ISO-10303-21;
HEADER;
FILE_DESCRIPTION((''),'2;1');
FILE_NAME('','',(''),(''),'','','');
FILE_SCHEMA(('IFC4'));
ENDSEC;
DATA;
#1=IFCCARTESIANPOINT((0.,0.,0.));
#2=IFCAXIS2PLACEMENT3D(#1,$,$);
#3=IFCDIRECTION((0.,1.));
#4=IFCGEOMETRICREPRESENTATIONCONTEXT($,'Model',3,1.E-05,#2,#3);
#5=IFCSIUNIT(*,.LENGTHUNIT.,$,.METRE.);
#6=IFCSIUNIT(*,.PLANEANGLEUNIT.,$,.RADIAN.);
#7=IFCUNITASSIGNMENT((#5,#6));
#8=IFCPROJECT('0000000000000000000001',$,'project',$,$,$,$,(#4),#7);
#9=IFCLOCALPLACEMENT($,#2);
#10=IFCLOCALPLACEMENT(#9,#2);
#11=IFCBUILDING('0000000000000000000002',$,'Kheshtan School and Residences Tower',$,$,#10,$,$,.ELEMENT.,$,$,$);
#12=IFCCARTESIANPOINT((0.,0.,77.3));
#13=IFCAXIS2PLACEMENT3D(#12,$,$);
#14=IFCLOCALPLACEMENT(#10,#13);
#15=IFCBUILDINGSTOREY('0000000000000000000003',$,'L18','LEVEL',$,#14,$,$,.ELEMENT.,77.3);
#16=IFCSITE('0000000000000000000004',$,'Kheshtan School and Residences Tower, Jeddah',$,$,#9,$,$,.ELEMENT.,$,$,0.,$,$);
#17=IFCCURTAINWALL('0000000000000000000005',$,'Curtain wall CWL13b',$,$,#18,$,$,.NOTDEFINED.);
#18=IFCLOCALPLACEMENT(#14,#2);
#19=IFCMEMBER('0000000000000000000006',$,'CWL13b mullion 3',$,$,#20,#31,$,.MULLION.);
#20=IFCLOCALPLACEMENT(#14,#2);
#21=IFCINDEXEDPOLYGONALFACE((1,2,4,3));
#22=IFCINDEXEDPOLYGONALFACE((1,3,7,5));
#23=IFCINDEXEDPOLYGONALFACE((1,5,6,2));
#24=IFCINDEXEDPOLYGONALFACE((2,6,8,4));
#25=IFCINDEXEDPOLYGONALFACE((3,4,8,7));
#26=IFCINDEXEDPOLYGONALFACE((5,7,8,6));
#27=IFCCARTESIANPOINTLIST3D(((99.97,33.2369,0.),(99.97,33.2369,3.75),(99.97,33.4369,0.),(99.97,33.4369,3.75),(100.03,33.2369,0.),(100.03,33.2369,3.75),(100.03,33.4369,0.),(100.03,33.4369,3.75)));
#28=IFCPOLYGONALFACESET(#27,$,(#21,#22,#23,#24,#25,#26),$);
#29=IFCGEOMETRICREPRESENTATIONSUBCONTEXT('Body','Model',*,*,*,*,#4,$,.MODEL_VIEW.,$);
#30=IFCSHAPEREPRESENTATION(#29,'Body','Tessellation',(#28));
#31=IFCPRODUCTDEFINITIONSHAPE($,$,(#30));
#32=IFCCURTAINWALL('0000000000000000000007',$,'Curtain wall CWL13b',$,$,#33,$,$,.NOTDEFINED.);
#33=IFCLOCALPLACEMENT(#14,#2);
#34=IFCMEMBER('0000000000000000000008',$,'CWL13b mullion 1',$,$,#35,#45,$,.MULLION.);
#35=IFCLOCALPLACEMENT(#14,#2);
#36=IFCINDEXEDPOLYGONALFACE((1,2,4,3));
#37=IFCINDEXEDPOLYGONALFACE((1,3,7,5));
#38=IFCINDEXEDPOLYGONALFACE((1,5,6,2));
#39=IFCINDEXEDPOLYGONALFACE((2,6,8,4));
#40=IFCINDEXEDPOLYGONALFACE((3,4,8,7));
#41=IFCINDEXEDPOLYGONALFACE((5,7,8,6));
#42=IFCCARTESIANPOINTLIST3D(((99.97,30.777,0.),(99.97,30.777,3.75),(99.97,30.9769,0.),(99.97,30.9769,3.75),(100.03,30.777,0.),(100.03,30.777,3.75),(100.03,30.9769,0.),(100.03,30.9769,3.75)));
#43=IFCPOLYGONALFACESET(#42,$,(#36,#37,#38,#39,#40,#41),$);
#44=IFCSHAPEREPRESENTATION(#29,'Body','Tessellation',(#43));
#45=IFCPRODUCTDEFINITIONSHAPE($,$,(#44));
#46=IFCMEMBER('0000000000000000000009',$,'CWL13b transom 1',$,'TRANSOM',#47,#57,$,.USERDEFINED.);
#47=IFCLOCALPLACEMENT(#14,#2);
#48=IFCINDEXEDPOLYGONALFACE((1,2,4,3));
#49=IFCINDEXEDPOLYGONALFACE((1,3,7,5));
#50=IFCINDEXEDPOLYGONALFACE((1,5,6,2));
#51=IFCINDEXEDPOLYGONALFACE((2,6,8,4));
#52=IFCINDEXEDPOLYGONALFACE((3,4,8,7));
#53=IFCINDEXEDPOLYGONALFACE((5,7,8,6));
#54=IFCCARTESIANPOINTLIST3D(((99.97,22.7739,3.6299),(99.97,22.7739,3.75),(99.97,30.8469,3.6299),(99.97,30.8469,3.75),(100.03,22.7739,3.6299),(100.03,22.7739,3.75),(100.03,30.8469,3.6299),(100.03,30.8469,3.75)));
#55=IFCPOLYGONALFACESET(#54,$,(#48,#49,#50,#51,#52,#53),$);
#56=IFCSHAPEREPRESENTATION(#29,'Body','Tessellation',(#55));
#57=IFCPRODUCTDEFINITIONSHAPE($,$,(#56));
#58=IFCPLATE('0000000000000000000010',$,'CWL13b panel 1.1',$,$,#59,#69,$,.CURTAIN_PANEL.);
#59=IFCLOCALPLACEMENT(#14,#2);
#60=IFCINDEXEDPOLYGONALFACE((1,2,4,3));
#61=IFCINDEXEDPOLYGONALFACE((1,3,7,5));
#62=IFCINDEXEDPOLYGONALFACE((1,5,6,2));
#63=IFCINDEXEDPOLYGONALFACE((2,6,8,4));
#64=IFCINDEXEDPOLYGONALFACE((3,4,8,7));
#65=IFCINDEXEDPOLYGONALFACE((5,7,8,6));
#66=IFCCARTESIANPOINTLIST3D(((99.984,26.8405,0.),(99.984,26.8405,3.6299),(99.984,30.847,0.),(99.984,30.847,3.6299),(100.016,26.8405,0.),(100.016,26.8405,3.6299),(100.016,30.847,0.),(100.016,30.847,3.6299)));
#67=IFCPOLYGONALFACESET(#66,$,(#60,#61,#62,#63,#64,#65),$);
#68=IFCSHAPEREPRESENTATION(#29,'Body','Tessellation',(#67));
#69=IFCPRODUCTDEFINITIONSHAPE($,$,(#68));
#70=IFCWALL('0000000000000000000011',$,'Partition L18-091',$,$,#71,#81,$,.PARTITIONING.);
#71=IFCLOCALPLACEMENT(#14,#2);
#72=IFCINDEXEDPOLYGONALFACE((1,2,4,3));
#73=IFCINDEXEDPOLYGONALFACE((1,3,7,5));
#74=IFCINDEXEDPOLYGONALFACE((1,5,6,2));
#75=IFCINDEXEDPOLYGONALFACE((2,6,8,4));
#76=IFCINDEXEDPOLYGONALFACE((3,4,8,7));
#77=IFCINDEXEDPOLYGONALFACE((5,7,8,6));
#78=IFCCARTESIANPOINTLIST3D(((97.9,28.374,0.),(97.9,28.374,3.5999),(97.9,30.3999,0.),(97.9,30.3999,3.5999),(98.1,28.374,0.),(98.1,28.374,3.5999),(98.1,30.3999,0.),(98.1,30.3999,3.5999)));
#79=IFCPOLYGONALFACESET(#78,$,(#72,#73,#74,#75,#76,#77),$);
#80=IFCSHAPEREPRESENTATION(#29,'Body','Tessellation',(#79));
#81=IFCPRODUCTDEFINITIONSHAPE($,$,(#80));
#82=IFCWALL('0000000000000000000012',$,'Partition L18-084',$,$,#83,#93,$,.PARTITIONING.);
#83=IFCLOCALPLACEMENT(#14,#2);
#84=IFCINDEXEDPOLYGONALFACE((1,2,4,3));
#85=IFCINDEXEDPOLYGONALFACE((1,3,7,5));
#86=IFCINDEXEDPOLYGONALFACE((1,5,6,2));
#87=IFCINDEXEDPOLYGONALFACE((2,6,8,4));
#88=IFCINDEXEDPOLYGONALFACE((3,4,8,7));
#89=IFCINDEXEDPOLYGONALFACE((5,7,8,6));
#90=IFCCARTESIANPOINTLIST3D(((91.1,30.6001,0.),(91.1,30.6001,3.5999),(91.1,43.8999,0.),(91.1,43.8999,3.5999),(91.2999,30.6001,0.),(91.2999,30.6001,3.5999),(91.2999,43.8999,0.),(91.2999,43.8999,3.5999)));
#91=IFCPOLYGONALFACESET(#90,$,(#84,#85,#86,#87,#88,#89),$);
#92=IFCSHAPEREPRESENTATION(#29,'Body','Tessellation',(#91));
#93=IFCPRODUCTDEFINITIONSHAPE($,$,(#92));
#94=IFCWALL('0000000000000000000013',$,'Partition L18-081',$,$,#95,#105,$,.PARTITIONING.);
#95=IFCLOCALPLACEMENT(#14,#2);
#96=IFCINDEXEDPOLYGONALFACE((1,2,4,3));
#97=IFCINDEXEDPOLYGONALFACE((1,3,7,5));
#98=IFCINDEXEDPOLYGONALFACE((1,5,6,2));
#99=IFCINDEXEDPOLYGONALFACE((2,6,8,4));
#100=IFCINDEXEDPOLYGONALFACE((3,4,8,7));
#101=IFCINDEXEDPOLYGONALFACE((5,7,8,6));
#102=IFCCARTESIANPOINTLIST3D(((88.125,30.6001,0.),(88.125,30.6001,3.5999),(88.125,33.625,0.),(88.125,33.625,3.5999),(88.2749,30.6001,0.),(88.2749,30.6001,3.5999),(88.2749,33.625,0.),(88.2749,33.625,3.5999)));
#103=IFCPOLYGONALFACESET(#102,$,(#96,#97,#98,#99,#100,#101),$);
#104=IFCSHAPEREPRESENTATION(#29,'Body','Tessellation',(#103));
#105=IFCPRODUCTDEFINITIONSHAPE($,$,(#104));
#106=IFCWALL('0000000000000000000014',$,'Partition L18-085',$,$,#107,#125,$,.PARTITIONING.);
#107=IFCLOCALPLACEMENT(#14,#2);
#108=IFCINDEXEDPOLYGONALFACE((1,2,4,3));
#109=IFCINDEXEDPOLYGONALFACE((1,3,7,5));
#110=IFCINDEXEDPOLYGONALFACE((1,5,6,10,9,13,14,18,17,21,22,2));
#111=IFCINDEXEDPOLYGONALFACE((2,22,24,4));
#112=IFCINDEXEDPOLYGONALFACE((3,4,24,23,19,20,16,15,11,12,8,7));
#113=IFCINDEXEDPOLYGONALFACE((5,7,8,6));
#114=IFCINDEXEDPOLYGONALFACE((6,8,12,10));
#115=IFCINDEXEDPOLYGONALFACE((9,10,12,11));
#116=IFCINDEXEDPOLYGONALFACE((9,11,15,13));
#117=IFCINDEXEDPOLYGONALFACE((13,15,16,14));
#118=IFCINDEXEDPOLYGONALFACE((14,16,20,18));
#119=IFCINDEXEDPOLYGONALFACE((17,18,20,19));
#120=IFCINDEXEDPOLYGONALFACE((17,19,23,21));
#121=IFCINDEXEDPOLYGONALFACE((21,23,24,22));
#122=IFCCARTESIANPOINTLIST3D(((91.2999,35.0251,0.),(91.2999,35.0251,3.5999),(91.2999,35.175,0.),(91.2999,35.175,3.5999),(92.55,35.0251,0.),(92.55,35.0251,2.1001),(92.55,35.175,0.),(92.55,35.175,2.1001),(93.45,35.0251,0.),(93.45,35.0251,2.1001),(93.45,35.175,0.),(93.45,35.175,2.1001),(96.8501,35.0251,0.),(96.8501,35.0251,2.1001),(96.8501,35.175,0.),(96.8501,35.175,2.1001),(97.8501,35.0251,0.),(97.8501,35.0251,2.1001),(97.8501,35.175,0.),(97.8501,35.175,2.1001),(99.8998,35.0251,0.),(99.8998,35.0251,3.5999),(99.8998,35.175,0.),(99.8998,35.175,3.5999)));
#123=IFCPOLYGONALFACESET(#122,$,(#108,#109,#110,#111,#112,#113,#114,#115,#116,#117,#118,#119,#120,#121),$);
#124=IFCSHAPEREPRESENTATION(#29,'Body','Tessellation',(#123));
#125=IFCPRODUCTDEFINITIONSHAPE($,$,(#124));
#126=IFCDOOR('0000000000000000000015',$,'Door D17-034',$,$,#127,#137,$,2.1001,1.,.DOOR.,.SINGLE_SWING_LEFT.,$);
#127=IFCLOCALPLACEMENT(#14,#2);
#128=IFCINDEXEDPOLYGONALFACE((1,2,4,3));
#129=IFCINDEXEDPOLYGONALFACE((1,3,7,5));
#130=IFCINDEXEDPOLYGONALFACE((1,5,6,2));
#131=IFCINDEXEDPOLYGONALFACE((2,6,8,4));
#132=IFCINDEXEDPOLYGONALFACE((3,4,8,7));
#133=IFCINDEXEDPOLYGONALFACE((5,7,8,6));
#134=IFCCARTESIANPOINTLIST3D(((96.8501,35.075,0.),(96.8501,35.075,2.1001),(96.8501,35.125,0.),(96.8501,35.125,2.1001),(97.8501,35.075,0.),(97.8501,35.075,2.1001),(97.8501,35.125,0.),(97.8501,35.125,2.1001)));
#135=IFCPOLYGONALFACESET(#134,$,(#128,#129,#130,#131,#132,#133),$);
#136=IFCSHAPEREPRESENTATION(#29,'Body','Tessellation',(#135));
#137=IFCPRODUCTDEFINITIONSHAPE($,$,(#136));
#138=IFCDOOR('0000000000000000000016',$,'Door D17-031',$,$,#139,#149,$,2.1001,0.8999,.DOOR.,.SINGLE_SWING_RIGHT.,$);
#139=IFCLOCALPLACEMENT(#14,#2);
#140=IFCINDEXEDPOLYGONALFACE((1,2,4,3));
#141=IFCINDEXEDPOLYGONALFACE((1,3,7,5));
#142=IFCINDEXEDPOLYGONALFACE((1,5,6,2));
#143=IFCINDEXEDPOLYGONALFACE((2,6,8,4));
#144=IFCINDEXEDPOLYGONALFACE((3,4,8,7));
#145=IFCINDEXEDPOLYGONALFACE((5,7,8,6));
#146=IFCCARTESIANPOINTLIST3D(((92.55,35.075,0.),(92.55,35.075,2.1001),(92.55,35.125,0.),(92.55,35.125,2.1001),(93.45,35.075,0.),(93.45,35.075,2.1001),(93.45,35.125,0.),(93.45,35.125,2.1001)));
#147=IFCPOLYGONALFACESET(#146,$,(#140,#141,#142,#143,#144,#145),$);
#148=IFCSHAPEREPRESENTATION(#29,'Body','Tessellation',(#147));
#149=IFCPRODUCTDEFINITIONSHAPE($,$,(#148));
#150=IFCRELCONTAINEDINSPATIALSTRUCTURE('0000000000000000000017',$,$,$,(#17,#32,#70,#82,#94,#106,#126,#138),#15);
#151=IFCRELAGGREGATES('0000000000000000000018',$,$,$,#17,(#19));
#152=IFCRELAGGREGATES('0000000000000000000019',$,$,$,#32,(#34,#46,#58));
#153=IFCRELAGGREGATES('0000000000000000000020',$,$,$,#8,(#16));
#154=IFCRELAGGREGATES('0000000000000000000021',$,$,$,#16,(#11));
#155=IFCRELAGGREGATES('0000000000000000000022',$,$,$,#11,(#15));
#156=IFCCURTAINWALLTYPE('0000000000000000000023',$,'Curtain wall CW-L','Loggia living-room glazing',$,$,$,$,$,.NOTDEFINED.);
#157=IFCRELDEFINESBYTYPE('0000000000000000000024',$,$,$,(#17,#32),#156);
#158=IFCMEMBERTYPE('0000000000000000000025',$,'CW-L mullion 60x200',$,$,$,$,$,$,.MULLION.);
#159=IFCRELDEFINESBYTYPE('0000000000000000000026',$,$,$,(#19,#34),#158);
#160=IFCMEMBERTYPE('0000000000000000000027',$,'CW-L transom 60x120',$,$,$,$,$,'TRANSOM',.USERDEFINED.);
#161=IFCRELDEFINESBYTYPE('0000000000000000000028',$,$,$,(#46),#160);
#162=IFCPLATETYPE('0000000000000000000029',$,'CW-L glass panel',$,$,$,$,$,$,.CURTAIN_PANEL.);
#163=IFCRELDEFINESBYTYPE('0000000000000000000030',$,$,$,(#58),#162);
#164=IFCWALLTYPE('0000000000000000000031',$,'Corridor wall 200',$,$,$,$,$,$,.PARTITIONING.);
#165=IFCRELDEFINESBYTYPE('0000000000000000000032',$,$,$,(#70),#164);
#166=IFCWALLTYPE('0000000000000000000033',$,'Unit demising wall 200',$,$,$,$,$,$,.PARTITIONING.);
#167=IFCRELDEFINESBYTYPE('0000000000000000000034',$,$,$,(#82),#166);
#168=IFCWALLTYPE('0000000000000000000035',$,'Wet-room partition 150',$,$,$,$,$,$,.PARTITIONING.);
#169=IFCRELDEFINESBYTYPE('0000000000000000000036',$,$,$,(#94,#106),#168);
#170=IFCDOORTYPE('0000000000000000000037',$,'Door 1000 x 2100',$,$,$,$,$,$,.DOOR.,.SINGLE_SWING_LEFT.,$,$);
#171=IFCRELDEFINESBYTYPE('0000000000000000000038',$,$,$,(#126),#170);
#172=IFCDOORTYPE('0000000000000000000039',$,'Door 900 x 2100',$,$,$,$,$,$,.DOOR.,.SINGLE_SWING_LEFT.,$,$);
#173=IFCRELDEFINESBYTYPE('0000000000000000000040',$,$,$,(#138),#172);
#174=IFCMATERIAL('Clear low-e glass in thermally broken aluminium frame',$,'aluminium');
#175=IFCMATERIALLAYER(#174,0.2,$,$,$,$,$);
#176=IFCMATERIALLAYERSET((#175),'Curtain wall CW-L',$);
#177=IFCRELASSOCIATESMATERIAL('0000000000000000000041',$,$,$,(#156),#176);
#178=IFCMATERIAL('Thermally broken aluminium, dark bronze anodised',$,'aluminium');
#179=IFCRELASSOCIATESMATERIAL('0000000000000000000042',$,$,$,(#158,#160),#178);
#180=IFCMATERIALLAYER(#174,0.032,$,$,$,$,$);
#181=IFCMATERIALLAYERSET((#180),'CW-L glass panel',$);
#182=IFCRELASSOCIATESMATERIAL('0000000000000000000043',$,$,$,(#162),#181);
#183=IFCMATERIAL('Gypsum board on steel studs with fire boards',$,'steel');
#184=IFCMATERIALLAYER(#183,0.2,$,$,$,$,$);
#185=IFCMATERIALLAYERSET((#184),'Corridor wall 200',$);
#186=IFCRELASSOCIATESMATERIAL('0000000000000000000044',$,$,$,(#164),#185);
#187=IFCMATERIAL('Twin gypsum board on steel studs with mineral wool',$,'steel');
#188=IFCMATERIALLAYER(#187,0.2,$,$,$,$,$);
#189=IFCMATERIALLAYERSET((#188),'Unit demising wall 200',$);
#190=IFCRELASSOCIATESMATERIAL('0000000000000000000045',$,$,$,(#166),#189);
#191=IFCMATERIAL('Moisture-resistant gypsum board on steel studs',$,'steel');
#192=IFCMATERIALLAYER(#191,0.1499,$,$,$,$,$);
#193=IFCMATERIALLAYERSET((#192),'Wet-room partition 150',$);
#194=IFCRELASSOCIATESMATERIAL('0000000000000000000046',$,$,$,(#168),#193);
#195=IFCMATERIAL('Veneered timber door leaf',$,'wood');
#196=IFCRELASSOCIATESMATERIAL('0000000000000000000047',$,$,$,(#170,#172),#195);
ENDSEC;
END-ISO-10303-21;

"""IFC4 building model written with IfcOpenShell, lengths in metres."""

from ifc_helpers import new_model, si_unit, direction, frame, frame_2d, origin, origin_2d, place, context, subcontext, project, spatial, rectangle, extrude, source, transform, mapped, material, layer, layer_set, material_profile, profile_set, type_object, element, fill, aggregate, save


model = new_model("IFC4")

# Units and contexts
model_context = context("Model", 3, precision=1e-05, world=origin(), true_north=direction((0.0, 1.0)))
body_context = subcontext(model_context, "Body", "Model", "MODEL_VIEW")
ifc_project = project(units=[si_unit("LENGTHUNIT", "METRE"), si_unit("PLANEANGLEUNIT", "RADIAN")], contexts=[model_context])

# Site, building, storey
site_placement = place(None, origin())
site = spatial("IfcSite", under=ifc_project, at=site_placement, Name="Kheshtan School and Residences Tower, Jeddah", CompositionType="ELEMENT", RefElevation=0.0)
building_placement = place(site_placement, origin())
building = spatial("IfcBuilding", under=site, at=building_placement, Name="Kheshtan School and Residences Tower", CompositionType="ELEMENT")
storey_placement = place(building_placement, frame((0.0, 0.0, 77.3)))
storey = spatial("IfcBuildingStorey", under=building, at=storey_placement, Name="L18", Description="LEVEL", CompositionType="ELEMENT", Elevation=77.3)

# Curtain wall, member
ifc_material_1 = material(Name="Clear low-e glass in thermally broken aluminium frame", Category="aluminium")
ifc_layer_1 = layer(ifc_material_1, 0.2)
ifc_layer_set_1 = layer_set([ifc_layer_1], Name="Curtain wall CW-L")
curtain_wall_type = type_object("IfcCurtainWallType", Name="Curtain wall CW-L", Description="Loggia living-room glazing", PredefinedType="NOTDEFINED", material=ifc_layer_set_1)
curtain_wall_1_placement = place(storey_placement, origin())
curtain_wall_1 = element("IfcCurtainWall", 1, at=curtain_wall_1_placement, inside=storey, type_object=curtain_wall_type, Name="Curtain wall CWL13b", PredefinedType="NOTDEFINED")
ifc_material_2 = material(Name="Thermally broken aluminium, dark bronze anodised", Category="aluminium")
ifc_material_profile_1 = material_profile(ifc_material_2, rectangle(XDim=0.0601, YDim=0.2, at=origin_2d()), Name="CW-L mullion 60x200")
ifc_profile_set_1 = profile_set([ifc_material_profile_1], Name="Thermally broken aluminium, dark bronze anodised")
member_type_1 = type_object("IfcMemberType", Name="CW-L mullion 60x200", PredefinedType="MULLION", material=ifc_profile_set_1)
member_1_placement = place(storey_placement, frame((100.0, 33.3369, 0.0), z_axis=(0.0, 0.0, 1.0), x_axis=(1.0, 0.0, 0.0)))
member_1 = element("IfcMember", 2, at=member_1_placement, type_object=member_type_1, Name="CWL13b mullion 3", PredefinedType="MULLION", context=body_context, shape_type="SweptSolid", body=[
    extrude(rectangle(XDim=0.0601, YDim=0.2, at=origin_2d()), origin(), (0.0, 0.0, 1.0), 3.75),
])
aggregate(curtain_wall_1, [member_1])

# Curtain wall, members, plate
curtain_wall_2_placement = place(storey_placement, origin())
curtain_wall_2 = element("IfcCurtainWall", 3, at=curtain_wall_2_placement, inside=storey, type_object=curtain_wall_type, Name="Curtain wall CWL13b", PredefinedType="NOTDEFINED")
member_2_placement = place(storey_placement, frame((100.0, 30.877, 0.0), z_axis=(0.0, 0.0, 1.0), x_axis=(1.0, 0.0, 0.0)))
member_2 = element("IfcMember", 4, at=member_2_placement, type_object=member_type_1, Name="CWL13b mullion 1", PredefinedType="MULLION", context=body_context, shape_type="SweptSolid", body=[
    extrude(rectangle(XDim=0.0601, YDim=0.2, at=origin_2d()), origin(), (0.0, 0.0, 1.0), 3.75),
])
ifc_material_profile_2 = material_profile(ifc_material_2, rectangle(XDim=0.0601, YDim=0.1201, at=origin_2d()), Name="CW-L transom 60x120")
ifc_profile_set_2 = profile_set([ifc_material_profile_2], Name="Thermally broken aluminium, dark bronze anodised")
member_type_2 = type_object("IfcMemberType", Name="CW-L transom 60x120", ElementType="TRANSOM", PredefinedType="USERDEFINED", material=ifc_profile_set_2)
member_3_placement = place(storey_placement, frame((100.0, 30.8469, 3.6899), z_axis=(0.0, -1.0, 0.0), x_axis=(1.0, 0.0, 0.0)))
member_3 = element("IfcMember", 5, at=member_3_placement, type_object=member_type_2, Name="CWL13b transom 1", ObjectType="TRANSOM", PredefinedType="USERDEFINED", context=body_context, shape_type="SweptSolid", body=[
    extrude(rectangle(XDim=0.0601, YDim=0.1201, at=origin_2d()), origin(), (0.0, 0.0, 1.0), 8.073),
])
ifc_layer_2 = layer(ifc_material_1, 0.032)
ifc_layer_set_2 = layer_set([ifc_layer_2], Name="CW-L glass panel")
plate_type = type_object("IfcPlateType", Name="CW-L glass panel", PredefinedType="CURTAIN_PANEL", material=ifc_layer_set_2)
plate_placement = place(storey_placement, frame((100.0, 28.8438, 0.0), z_axis=(0.0, 0.0, 1.0), x_axis=(0.0, -1.0, 0.0)))
plate = element("IfcPlate", 6, at=plate_placement, type_object=plate_type, Name="CWL13b panel 1.1", PredefinedType="CURTAIN_PANEL", context=body_context, shape_type="SweptSolid", body=[
    extrude(rectangle(XDim=4.0066, YDim=0.032, at=origin_2d()), origin(), (0.0, 0.0, 1.0), 3.6299),
])
aggregate(curtain_wall_2, [member_2, member_3, plate])

# Wall
ifc_material_3 = material(Name="Gypsum board on steel studs with fire boards", Category="steel")
ifc_layer_3 = layer(ifc_material_3, 0.2)
ifc_layer_set_3 = layer_set([ifc_layer_3], Name="Corridor wall 200")
wall_type_1 = type_object("IfcWallType", Name="Corridor wall 200", PredefinedType="PARTITIONING", material=ifc_layer_set_3)
wall_1_placement = place(storey_placement, frame((98.0, 28.374, 0.0), z_axis=(0.0, 0.0, 1.0), x_axis=(0.0, 1.0, 0.0)))
element("IfcWall", 7, at=wall_1_placement, inside=storey, type_object=wall_type_1, Name="Partition L18-091", PredefinedType="PARTITIONING", context=body_context, shape_type="SweptSolid", body=[
    extrude(rectangle(XDim=2.0259, YDim=0.2, at=frame_2d((1.0129, 0.0))), origin(), (0.0, 0.0, 1.0), 3.5999),
])

# Walls
ifc_material_4 = material(Name="Twin gypsum board on steel studs with mineral wool", Category="steel")
ifc_layer_4 = layer(ifc_material_4, 0.2)
ifc_layer_set_4 = layer_set([ifc_layer_4], Name="Unit demising wall 200")
wall_type_2 = type_object("IfcWallType", Name="Unit demising wall 200", PredefinedType="PARTITIONING", material=ifc_layer_set_4)
wall_2_placement = place(storey_placement, frame((91.2, 30.6001, 0.0), z_axis=(0.0, 0.0, 1.0), x_axis=(0.0, 1.0, 0.0)))
element("IfcWall", 8, at=wall_2_placement, inside=storey, type_object=wall_type_2, Name="Partition L18-084", PredefinedType="PARTITIONING", context=body_context, shape_type="SweptSolid", body=[
    extrude(rectangle(XDim=13.2998, YDim=0.2, at=frame_2d((6.6499, 0.0))), origin(), (0.0, 0.0, 1.0), 3.5999),
])
ifc_material_5 = material(Name="Moisture-resistant gypsum board on steel studs", Category="steel")
ifc_layer_5 = layer(ifc_material_5, 0.1499)
ifc_layer_set_5 = layer_set([ifc_layer_5], Name="Wet-room partition 150")
wall_type_3 = type_object("IfcWallType", Name="Wet-room partition 150", PredefinedType="PARTITIONING", material=ifc_layer_set_5)
wall_3_placement = place(storey_placement, frame((88.2, 30.6001, 0.0), z_axis=(0.0, 0.0, 1.0), x_axis=(0.0, 1.0, 0.0)))
element("IfcWall", 9, at=wall_3_placement, inside=storey, type_object=wall_type_3, Name="Partition L18-081", PredefinedType="PARTITIONING", context=body_context, shape_type="SweptSolid", body=[
    extrude(rectangle(XDim=3.0249, YDim=0.1499, at=frame_2d((1.5125, 0.0))), origin(), (0.0, 0.0, 1.0), 3.5999),
])

# Wall, openings, doors
wall_4_placement = place(storey_placement, frame((91.3, 35.1001, 0.0), z_axis=(0.0, 0.0, 1.0), x_axis=(1.0, 0.0, 0.0)))
wall_4 = element("IfcWall", 10, at=wall_4_placement, inside=storey, type_object=wall_type_3, Name="Partition L18-085", PredefinedType="PARTITIONING", context=body_context, shape_type="SweptSolid", body=[
    extrude(rectangle(XDim=8.5999, YDim=0.1499, at=frame_2d((4.2998, 0.0))), origin(), (0.0, 0.0, 1.0), 3.5999),
])
opening_1_placement = place(wall_4_placement, frame((1.25, 0.0, 0.0)))
opening_1 = element("IfcOpeningElement", 11, at=opening_1_placement, cuts=wall_4, PredefinedType="OPENING", context=body_context, shape_type="SweptSolid", body=[
    extrude(rectangle(XDim=0.8999, YDim=2.1001, at=frame_2d((0.45, 1.05))), frame((0.0, 0.085, 0.0), z_axis=(0.0, -1.0, 0.0), x_axis=(1.0, 0.0, 0.0)), (0.0, 0.0, 1.0), 0.1699),
])
opening_2_placement = place(wall_4_placement, frame((5.55, 0.0, 0.0)))
opening_2 = element("IfcOpeningElement", 12, at=opening_2_placement, cuts=wall_4, PredefinedType="OPENING", context=body_context, shape_type="SweptSolid", body=[
    extrude(rectangle(XDim=1.0, YDim=2.1001, at=frame_2d((0.5, 1.05))), frame((0.0, 0.085, 0.0), z_axis=(0.0, -1.0, 0.0), x_axis=(1.0, 0.0, 0.0)), (0.0, 0.0, 1.0), 0.1699),
])
ifc_material_6 = material(Name="Veneered timber door leaf", Category="wood")
door_type_1 = type_object("IfcDoorType", Name="Door 1000 x 2100", OperationType="SINGLE_SWING_LEFT", PredefinedType="DOOR", material=ifc_material_6)
shared_shape_1 = source(origin(), body_context, "Body", "SweptSolid", [
    extrude(rectangle(XDim=1.0, YDim=2.1001, at=frame_2d((0.5, 1.05))), frame((0.0, 0.0249, 0.0), z_axis=(0.0, -1.0, 0.0), x_axis=(1.0, 0.0, 0.0)), (0.0, 0.0, 1.0), 0.05),
])
door_1_placement = place(opening_2_placement, origin())
door_1 = element("IfcDoor", 13, at=door_1_placement, inside=storey, type_object=door_type_1, Name="Door D17-034", OperationType="SINGLE_SWING_LEFT", OverallHeight=2.1001, OverallWidth=1.0, PredefinedType="DOOR", context=body_context, shape_type="MappedRepresentation", body=[
    mapped(shared_shape_1, transform((0.0, 0.0, 0.0), x_axis=(1.0, 0.0, 0.0), y_axis=(0.0, 1.0, 0.0), z_axis=(0.0, 0.0, 1.0), scale=1.0)),
])
fill(opening_2, door_1)
door_type_2 = type_object("IfcDoorType", Name="Door 900 x 2100", OperationType="SINGLE_SWING_LEFT", PredefinedType="DOOR", material=ifc_material_6)
shared_shape_2 = source(origin(), body_context, "Body", "SweptSolid", [
    extrude(rectangle(XDim=0.8999, YDim=2.1001, at=frame_2d((0.45, 1.05))), frame((0.0, 0.0249, 0.0), z_axis=(0.0, -1.0, 0.0), x_axis=(1.0, 0.0, 0.0)), (0.0, 0.0, 1.0), 0.05),
])
door_2_placement = place(opening_1_placement, origin())
door_2 = element("IfcDoor", 14, at=door_2_placement, inside=storey, type_object=door_type_2, Name="Door D17-031", OperationType="SINGLE_SWING_RIGHT", OverallHeight=2.1001, OverallWidth=0.8999, PredefinedType="DOOR", context=body_context, shape_type="MappedRepresentation", body=[
    mapped(shared_shape_2, transform((0.0, 0.0, 0.0), x_axis=(1.0, 0.0, 0.0), y_axis=(0.0, 1.0, 0.0), z_axis=(0.0, 0.0, 1.0), scale=1.0)),
])
fill(opening_1, door_2)

save(model, "model.ifc")
